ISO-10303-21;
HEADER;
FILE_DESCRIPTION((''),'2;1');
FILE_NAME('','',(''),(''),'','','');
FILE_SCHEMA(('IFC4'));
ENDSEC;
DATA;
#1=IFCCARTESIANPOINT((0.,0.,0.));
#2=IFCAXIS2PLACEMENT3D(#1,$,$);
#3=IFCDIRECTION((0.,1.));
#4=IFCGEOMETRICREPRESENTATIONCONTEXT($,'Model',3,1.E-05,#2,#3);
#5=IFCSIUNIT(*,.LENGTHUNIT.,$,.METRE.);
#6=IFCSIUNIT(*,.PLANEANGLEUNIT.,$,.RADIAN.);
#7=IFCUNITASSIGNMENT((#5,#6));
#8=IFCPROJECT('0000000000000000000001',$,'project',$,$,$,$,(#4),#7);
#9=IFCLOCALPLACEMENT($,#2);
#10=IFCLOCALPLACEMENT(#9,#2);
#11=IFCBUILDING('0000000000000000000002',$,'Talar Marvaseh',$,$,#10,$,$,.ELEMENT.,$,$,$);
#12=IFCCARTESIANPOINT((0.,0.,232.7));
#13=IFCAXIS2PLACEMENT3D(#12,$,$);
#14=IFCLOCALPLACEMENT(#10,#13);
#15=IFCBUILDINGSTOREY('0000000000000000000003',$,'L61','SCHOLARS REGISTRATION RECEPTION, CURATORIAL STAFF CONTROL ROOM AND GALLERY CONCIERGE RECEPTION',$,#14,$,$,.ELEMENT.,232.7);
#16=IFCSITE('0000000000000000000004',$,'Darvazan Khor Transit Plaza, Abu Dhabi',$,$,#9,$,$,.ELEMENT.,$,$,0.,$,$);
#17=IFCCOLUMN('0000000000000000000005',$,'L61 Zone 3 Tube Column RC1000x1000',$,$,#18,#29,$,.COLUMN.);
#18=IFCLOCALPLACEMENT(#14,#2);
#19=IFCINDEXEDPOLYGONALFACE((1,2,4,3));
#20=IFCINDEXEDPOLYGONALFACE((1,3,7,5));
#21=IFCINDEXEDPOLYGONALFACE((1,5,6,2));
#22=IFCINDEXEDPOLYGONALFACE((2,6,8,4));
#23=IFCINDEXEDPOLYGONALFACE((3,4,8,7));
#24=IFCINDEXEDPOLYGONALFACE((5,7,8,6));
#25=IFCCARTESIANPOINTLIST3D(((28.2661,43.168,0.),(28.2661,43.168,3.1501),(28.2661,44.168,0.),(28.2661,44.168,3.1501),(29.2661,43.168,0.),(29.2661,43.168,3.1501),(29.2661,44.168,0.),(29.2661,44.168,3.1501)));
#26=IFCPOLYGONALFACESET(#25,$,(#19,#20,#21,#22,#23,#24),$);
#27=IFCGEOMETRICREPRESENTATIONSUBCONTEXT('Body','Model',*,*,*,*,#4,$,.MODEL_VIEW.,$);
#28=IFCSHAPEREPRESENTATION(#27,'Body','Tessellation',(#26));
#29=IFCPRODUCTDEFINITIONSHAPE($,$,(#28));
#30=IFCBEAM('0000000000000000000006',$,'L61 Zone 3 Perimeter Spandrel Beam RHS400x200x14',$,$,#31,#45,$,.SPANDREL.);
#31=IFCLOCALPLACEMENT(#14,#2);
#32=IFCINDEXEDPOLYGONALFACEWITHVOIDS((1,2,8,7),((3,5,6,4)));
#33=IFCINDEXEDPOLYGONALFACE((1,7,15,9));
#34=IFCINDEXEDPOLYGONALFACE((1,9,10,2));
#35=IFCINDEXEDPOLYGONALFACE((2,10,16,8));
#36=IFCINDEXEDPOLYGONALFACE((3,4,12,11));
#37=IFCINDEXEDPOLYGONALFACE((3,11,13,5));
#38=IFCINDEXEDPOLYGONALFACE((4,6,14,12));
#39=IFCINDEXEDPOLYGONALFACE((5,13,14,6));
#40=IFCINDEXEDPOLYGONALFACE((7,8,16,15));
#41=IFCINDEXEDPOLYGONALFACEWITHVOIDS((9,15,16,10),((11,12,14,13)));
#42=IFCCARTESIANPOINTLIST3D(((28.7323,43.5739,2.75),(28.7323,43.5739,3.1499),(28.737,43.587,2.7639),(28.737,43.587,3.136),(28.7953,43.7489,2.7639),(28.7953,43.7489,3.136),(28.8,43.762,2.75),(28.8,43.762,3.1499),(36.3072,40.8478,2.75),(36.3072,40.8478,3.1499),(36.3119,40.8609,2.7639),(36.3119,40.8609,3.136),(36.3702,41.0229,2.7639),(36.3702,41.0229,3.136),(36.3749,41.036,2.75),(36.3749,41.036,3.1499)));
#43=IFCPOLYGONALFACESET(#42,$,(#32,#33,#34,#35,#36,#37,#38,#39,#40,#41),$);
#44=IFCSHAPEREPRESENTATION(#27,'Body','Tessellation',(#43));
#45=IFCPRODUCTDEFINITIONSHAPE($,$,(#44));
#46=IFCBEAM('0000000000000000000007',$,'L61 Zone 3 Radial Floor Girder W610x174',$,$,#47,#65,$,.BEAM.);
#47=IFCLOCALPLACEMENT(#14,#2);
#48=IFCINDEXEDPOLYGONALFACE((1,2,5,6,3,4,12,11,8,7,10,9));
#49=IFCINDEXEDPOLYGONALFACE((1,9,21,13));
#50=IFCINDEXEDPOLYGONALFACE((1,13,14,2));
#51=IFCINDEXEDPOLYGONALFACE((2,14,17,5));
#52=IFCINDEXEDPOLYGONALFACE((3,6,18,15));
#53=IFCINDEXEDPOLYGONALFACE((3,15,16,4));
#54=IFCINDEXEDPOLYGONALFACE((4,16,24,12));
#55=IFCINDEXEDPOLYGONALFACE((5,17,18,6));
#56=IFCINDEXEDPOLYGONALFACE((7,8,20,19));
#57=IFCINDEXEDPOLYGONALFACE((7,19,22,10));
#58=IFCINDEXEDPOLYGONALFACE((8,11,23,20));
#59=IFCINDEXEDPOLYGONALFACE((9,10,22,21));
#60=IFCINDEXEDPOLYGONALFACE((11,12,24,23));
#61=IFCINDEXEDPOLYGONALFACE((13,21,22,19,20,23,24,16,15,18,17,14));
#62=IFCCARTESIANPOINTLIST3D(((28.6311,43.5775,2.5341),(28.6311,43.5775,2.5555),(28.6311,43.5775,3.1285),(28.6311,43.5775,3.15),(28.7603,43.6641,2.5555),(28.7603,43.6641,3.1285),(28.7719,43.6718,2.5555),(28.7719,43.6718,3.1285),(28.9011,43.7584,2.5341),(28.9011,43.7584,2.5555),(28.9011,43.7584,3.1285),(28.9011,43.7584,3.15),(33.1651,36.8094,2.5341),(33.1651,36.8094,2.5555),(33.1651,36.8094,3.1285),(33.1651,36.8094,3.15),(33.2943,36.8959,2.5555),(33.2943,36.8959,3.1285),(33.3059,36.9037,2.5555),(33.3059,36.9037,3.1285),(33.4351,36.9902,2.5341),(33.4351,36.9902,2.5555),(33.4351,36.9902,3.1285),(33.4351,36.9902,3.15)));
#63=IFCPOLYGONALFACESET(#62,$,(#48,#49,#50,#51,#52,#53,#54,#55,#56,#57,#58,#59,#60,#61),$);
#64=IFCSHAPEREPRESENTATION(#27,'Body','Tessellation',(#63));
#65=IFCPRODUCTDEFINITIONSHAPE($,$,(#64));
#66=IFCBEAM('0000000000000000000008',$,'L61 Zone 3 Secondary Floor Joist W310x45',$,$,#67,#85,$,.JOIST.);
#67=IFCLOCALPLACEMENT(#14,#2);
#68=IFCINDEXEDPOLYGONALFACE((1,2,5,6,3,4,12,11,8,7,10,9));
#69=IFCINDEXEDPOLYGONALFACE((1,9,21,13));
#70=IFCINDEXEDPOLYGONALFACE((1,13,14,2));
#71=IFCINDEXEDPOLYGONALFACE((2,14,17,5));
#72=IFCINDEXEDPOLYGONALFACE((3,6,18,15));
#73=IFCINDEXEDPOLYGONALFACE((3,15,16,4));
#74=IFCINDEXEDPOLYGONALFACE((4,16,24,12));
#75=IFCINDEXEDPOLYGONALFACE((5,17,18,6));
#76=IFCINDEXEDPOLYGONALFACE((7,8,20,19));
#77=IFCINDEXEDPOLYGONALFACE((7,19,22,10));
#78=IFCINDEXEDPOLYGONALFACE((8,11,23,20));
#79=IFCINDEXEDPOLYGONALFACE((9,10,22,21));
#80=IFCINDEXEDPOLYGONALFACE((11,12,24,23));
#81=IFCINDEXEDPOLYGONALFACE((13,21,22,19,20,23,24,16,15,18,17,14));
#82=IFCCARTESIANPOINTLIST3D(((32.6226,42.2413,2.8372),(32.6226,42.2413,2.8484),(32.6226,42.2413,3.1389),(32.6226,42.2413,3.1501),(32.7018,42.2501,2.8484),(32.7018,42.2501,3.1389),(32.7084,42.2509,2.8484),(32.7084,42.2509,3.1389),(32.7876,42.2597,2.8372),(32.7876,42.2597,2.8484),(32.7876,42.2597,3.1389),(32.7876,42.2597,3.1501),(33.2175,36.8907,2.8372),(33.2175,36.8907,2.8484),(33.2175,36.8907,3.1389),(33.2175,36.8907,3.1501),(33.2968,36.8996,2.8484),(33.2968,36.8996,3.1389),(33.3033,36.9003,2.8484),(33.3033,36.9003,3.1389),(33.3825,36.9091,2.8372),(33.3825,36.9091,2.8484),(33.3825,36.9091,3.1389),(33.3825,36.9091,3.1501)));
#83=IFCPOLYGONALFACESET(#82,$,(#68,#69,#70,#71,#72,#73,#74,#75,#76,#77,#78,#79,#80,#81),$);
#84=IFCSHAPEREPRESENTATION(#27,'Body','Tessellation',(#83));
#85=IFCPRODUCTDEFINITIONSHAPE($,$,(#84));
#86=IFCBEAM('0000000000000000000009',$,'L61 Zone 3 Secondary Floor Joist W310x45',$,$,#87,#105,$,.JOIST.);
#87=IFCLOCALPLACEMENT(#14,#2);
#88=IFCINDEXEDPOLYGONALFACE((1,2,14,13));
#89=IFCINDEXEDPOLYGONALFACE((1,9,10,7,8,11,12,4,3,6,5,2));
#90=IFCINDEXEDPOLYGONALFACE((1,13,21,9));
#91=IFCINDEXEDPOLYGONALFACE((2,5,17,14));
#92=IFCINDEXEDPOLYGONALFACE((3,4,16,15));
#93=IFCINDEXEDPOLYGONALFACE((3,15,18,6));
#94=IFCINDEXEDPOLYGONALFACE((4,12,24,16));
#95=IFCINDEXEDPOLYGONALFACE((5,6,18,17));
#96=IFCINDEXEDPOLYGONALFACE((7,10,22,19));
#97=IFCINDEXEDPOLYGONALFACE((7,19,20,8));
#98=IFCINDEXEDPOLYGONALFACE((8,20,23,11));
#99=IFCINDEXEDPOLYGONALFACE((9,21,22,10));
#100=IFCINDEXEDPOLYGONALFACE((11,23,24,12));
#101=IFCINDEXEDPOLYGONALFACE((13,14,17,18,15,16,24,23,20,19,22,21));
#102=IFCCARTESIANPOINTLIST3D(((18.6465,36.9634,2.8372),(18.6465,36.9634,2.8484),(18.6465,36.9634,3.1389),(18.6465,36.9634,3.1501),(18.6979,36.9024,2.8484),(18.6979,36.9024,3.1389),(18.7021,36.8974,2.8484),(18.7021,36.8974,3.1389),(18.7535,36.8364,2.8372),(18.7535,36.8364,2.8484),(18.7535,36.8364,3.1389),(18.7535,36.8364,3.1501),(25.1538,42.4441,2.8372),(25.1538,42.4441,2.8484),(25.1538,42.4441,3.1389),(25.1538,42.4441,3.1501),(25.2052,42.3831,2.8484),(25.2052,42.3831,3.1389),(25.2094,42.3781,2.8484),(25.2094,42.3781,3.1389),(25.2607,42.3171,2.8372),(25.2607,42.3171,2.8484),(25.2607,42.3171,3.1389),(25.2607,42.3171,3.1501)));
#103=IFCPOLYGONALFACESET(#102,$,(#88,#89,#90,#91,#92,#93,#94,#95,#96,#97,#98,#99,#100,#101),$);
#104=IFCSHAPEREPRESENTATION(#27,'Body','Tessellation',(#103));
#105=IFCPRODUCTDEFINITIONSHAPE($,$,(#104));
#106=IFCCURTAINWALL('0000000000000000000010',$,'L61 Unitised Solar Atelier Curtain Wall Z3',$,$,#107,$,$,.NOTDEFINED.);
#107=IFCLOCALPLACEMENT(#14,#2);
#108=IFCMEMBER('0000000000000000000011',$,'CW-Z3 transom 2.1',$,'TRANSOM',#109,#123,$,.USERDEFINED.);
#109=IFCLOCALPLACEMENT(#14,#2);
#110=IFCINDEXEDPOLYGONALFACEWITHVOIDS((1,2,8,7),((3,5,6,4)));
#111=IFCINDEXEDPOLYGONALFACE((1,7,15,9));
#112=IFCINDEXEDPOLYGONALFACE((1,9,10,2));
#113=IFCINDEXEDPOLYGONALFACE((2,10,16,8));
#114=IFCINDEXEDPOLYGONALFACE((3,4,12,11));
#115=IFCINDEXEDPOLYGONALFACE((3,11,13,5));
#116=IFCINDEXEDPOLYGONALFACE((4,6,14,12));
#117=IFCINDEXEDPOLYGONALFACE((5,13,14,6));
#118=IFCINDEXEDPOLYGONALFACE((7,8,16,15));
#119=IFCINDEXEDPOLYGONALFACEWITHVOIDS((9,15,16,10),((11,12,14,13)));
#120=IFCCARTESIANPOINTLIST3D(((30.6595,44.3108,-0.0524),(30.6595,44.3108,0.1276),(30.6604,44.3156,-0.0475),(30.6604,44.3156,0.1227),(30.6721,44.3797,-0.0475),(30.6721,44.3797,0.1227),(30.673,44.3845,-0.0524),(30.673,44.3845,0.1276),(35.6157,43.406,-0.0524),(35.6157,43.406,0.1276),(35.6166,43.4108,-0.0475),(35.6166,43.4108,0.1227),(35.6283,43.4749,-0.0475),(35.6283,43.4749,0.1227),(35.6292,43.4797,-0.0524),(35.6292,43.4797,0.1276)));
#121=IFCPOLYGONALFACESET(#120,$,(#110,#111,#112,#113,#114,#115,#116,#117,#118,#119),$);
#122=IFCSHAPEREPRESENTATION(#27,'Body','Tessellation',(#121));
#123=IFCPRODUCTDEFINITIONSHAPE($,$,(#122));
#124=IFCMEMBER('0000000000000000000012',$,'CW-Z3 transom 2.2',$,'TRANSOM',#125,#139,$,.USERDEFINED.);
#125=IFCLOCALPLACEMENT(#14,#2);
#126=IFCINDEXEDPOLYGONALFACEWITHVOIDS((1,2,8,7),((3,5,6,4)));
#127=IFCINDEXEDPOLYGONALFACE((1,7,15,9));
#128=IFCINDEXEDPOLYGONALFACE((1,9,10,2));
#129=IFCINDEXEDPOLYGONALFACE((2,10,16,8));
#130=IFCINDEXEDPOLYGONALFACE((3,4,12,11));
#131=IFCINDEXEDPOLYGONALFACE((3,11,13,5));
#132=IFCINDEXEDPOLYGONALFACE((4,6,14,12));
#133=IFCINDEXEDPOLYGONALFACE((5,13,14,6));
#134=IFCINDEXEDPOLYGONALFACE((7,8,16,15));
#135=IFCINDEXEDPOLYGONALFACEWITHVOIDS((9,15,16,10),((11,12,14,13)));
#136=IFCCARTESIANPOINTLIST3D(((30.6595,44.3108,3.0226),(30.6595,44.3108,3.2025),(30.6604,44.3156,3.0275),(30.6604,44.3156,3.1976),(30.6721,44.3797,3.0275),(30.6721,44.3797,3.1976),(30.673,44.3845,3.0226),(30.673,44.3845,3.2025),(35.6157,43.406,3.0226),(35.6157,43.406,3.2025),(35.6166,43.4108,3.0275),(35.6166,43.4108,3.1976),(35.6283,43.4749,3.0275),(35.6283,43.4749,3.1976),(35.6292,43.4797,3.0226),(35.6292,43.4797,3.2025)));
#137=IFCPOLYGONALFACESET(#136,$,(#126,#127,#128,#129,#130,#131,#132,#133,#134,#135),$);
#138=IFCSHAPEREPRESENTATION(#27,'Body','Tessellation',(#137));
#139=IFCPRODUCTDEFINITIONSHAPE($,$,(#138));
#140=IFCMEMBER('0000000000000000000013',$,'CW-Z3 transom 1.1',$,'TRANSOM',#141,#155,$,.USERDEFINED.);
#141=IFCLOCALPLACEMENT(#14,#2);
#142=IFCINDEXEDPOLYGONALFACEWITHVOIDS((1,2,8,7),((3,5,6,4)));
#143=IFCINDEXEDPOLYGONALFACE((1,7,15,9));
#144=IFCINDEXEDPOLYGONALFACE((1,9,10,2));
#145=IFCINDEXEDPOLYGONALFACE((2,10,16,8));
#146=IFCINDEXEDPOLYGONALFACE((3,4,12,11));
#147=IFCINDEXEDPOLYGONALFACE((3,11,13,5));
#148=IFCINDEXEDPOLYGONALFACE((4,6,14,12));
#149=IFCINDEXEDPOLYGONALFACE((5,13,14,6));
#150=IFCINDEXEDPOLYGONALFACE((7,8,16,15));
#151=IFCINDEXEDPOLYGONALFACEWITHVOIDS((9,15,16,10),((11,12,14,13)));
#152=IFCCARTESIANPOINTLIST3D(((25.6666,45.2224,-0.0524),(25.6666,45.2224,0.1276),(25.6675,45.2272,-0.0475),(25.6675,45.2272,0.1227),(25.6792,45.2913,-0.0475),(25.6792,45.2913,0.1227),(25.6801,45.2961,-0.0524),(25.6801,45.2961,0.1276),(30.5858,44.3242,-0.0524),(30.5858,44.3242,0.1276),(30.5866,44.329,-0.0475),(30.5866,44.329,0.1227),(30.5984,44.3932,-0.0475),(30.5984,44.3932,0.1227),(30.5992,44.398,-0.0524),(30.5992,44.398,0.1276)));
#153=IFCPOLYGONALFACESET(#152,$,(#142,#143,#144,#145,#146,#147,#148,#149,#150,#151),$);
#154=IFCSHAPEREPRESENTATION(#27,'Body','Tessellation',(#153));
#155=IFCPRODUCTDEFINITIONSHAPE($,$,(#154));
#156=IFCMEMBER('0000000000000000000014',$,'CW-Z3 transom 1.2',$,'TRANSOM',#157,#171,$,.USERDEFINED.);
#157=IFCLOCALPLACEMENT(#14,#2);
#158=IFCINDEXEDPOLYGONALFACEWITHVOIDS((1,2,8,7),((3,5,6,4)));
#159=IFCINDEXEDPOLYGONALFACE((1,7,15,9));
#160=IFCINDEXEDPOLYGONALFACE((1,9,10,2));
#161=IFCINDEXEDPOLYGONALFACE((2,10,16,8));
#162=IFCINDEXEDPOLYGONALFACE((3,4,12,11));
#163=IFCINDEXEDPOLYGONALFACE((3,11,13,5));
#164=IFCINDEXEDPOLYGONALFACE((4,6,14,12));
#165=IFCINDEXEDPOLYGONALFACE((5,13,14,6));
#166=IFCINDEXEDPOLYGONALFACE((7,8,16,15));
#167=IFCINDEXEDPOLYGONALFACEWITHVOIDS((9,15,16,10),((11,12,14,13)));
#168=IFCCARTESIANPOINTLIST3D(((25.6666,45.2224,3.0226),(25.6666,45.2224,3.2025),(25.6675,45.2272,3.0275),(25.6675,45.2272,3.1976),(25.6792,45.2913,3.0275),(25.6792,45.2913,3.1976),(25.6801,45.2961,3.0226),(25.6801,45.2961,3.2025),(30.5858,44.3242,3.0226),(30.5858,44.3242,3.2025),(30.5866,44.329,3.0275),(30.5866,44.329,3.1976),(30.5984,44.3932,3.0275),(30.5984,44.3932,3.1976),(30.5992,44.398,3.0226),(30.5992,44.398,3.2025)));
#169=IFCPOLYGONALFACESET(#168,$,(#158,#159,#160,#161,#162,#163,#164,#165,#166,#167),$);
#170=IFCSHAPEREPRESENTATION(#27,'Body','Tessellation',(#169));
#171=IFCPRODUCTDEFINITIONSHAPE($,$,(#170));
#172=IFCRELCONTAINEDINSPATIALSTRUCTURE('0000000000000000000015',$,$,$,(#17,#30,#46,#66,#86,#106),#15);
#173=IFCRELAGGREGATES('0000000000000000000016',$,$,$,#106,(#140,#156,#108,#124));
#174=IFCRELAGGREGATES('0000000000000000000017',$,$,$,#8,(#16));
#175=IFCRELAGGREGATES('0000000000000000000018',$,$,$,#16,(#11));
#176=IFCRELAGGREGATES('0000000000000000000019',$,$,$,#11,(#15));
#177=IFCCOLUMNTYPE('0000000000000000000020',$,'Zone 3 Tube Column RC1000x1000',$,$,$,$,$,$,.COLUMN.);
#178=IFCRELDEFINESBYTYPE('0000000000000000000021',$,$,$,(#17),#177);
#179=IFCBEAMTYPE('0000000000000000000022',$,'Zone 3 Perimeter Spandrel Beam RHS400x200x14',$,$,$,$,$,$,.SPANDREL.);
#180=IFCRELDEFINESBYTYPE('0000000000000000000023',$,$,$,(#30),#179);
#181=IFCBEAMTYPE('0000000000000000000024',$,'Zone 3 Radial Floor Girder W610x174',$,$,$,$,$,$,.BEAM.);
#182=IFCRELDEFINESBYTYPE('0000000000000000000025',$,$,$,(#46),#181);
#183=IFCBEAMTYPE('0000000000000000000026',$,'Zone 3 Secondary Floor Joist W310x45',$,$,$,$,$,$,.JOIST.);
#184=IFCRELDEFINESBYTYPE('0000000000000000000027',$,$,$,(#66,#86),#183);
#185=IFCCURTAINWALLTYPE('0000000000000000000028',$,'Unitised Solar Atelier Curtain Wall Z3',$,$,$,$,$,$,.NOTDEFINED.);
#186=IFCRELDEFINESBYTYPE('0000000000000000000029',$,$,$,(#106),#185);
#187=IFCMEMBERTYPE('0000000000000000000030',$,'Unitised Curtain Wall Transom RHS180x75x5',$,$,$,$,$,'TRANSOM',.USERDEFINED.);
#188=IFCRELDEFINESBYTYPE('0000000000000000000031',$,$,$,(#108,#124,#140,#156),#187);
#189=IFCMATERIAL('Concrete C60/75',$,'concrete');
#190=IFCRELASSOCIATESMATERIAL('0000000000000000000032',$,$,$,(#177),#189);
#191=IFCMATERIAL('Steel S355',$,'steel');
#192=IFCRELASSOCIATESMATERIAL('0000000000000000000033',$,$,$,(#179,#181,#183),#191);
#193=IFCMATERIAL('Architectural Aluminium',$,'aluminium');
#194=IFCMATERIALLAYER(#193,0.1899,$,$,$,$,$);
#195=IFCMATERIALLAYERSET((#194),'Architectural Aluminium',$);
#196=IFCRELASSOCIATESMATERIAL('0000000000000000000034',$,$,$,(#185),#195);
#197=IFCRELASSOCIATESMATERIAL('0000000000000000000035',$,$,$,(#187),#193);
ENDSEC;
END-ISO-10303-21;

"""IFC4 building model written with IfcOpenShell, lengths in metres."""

from ifc_helpers import new_model, si_unit, direction, frame, origin, origin_2d, place, context, subcontext, project, spatial, rectangle, hollow_rectangle, i_section, extrude, source, transform, mapped, material, layer, layer_set, material_profile, profile_set, type_object, type_shapes, element, aggregate, save


model = new_model("IFC4")

# Units and contexts
model_context = context("Model", 3, precision=1e-05, world=origin(), true_north=direction((0.0, 1.0)))
body_context = subcontext(model_context, "Body", "Model", "MODEL_VIEW")
ifc_project = project(units=[si_unit("LENGTHUNIT", "METRE"), si_unit("PLANEANGLEUNIT", "RADIAN")], contexts=[model_context])

# Site, building, storey
site_placement = place(None, origin())
site = spatial("IfcSite", under=ifc_project, at=site_placement, Name="Darvazan Khor Transit Plaza, Abu Dhabi", CompositionType="ELEMENT", RefElevation=0.0)
building_placement = place(site_placement, origin())
building = spatial("IfcBuilding", under=site, at=building_placement, Name="Talar Marvaseh", CompositionType="ELEMENT")
storey_placement = place(building_placement, frame((0.0, 0.0, 232.7)))
storey = spatial("IfcBuildingStorey", under=building, at=storey_placement, Name="L61", Description="SCHOLARS REGISTRATION RECEPTION, CURATORIAL STAFF CONTROL ROOM AND GALLERY CONCIERGE RECEPTION", CompositionType="ELEMENT", Elevation=232.7)

# Column
ifc_material_1 = material(Name="Concrete C60/75", Category="concrete")
ifc_material_profile_1 = material_profile(ifc_material_1, rectangle(XDim=1.0, YDim=1.0, at=origin_2d()), Name="RC1000x1000")
ifc_profile_set_1 = profile_set([ifc_material_profile_1], Name="Concrete C60/75")
column_type = type_object("IfcColumnType", Name="Zone 3 Tube Column RC1000x1000", PredefinedType="COLUMN", material=ifc_profile_set_1)
column_placement = place(storey_placement, frame((28.7661, 43.668, 0.0), z_axis=(0.0, 0.0, 1.0), x_axis=(1.0, 0.0, 0.0)))
element("IfcColumn", 1, at=column_placement, inside=storey, type_object=column_type, Name="L61 Zone 3 Tube Column RC1000x1000", PredefinedType="COLUMN", context=body_context, shape_type="SweptSolid", body=[
    extrude(rectangle(XDim=1.0, YDim=1.0, at=origin_2d()), origin(), (0.0, 0.0, 1.0), 3.1501),
])

# Beams
ifc_material_2 = material(Name="Steel S355", Category="steel")
ifc_material_profile_2 = material_profile(ifc_material_2, hollow_rectangle(XDim=0.2, YDim=0.3999, WallThickness=0.0139, at=origin_2d()), Name="RHS400x200x14")
ifc_profile_set_2 = profile_set([ifc_material_profile_2], Name="Steel S355")
beam_type_1 = type_object("IfcBeamType", Name="Zone 3 Perimeter Spandrel Beam RHS400x200x14", PredefinedType="SPANDREL", material=ifc_profile_set_2)
beam_1_placement = place(storey_placement, frame((28.7661, 43.668, 2.95), z_axis=(0.940923, -0.33862, 0.0), x_axis=(0.33862, 0.940923, 0.0)))
element("IfcBeam", 2, at=beam_1_placement, inside=storey, type_object=beam_type_1, Name="L61 Zone 3 Perimeter Spandrel Beam RHS400x200x14", PredefinedType="SPANDREL", context=body_context, shape_type="SweptSolid", body=[
    extrude(hollow_rectangle(XDim=0.2, YDim=0.3999, WallThickness=0.0139, at=origin_2d()), origin(), (0.0, 0.0, 1.0), 8.0505),
])
ifc_material_profile_3 = material_profile(ifc_material_2, i_section(OverallWidth=0.325, OverallDepth=0.616, WebThickness=0.0139, FlangeThickness=0.0215, at=origin_2d()), Name="W610x174")
ifc_profile_set_3 = profile_set([ifc_material_profile_3], Name="Steel S355")
beam_type_2 = type_object("IfcBeamType", Name="Zone 3 Radial Floor Girder W610x174", PredefinedType="BEAM", material=ifc_profile_set_3)
beam_2_placement = place(storey_placement, frame((28.7661, 43.668, 2.842), z_axis=(0.556559, -0.830808, 0.0), x_axis=(0.830808, 0.556559, 0.0)))
element("IfcBeam", 3, at=beam_2_placement, inside=storey, type_object=beam_type_2, Name="L61 Zone 3 Radial Floor Girder W610x174", PredefinedType="BEAM", context=body_context, shape_type="SweptSolid", body=[
    extrude(i_section(OverallWidth=0.325, OverallDepth=0.616, WebThickness=0.0139, FlangeThickness=0.0215, at=origin_2d()), origin(), (0.0, 0.0, 1.0), 8.1465),
])
ifc_material_profile_4 = material_profile(ifc_material_2, i_section(OverallWidth=0.166, OverallDepth=0.313, WebThickness=0.0066, FlangeThickness=0.0112, at=origin_2d()), Name="W310x45")
ifc_profile_set_4 = profile_set([ifc_material_profile_4], Name="Steel S355")
beam_type_3 = type_object("IfcBeamType", Name="Zone 3 Secondary Floor Joist W310x45", PredefinedType="JOIST", material=ifc_profile_set_4)
beam_3_placement = place(storey_placement, frame((32.7051, 42.2505, 2.9937), z_axis=(0.110516, -0.993874, 0.0), x_axis=(0.993874, 0.110516, 0.0)))
element("IfcBeam", 4, at=beam_3_placement, inside=storey, type_object=beam_type_3, Name="L61 Zone 3 Secondary Floor Joist W310x45", PredefinedType="JOIST", context=body_context, shape_type="SweptSolid", body=[
    extrude(i_section(OverallWidth=0.166, OverallDepth=0.313, WebThickness=0.0066, FlangeThickness=0.0112, at=origin_2d()), origin(), (0.0, 0.0, 1.0), 5.3835),
])
beam_4_placement = place(storey_placement, frame((25.2073, 42.3806, 2.9937), z_axis=(-0.764861, -0.644195, 0.0), x_axis=(0.644195, -0.764861, 0.0)))
element("IfcBeam", 5, at=beam_4_placement, inside=storey, type_object=beam_type_3, Name="L61 Zone 3 Secondary Floor Joist W310x45", PredefinedType="JOIST", context=body_context, shape_type="SweptSolid", body=[
    extrude(i_section(OverallWidth=0.166, OverallDepth=0.313, WebThickness=0.0066, FlangeThickness=0.0112, at=origin_2d()), origin(), (0.0, 0.0, 1.0), 8.5078),
])

# Curtain wall, members
ifc_material_3 = material(Name="Architectural Aluminium", Category="aluminium")
ifc_layer_1 = layer(ifc_material_3, 0.1899)
ifc_layer_set_1 = layer_set([ifc_layer_1], Name="Architectural Aluminium")
curtain_wall_type = type_object("IfcCurtainWallType", Name="Unitised Solar Atelier Curtain Wall Z3", PredefinedType="NOTDEFINED", material=ifc_layer_set_1)
curtain_wall_1_placement = place(storey_placement, origin())
curtain_wall_1 = element("IfcCurtainWall", 6, at=curtain_wall_1_placement, inside=storey, type_object=curtain_wall_type, Name="L61 Unitised Solar Atelier Curtain Wall Z3", PredefinedType="NOTDEFINED")
ifc_material_profile_5 = material_profile(ifc_material_3, hollow_rectangle(XDim=0.075, YDim=0.1799, WallThickness=0.0049, at=origin_2d()), Name="RHS180x75x5")
ifc_profile_set_5 = profile_set([ifc_material_profile_5], Name="Architectural Aluminium")
member_type_1 = type_object("IfcMemberType", Name="Unitised Curtain Wall Transom RHS180x75x5", ElementType="TRANSOM", PredefinedType="USERDEFINED", material=ifc_profile_set_5)
shared_shape_1 = source(origin(), body_context, "Body", "SweptSolid", [
    extrude(hollow_rectangle(XDim=0.075, YDim=0.1799, WallThickness=0.0049, at=origin_2d()), origin(), (0.0, 0.0, 1.0), 5.0381),
])
member_1_placement = place(storey_placement, frame((30.6663, 44.3477, 0.0376), z_axis=(0.983741, -0.179593, 0.0), x_axis=(0.179593, 0.983741, 0.0)))
member_1 = element("IfcMember", 7, at=member_1_placement, type_object=member_type_1, Name="CW-Z3 transom 2.1", ObjectType="TRANSOM", PredefinedType="USERDEFINED", context=body_context, shape_type="MappedRepresentation", body=[
    mapped(shared_shape_1, transform((0.0, 0.0, 0.0), x_axis=(1.0, 0.0, 0.0), y_axis=(0.0, 1.0, 0.0), z_axis=(0.0, 0.0, 1.0), scale=1.0)),
])
member_2_placement = place(storey_placement, frame((30.6663, 44.3477, 3.1125), z_axis=(0.983741, -0.179593, 0.0), x_axis=(0.179593, 0.983741, 0.0)))
member_2 = element("IfcMember", 8, at=member_2_placement, type_object=member_type_1, Name="CW-Z3 transom 2.2", ObjectType="TRANSOM", PredefinedType="USERDEFINED", context=body_context, shape_type="MappedRepresentation", body=[
    mapped(shared_shape_1, transform((0.0, 0.0, 0.0), x_axis=(1.0, 0.0, 0.0), y_axis=(0.0, 1.0, 0.0), z_axis=(0.0, 0.0, 1.0), scale=1.0)),
])
shared_shape_2 = source(origin(), body_context, "Body", "SweptSolid", [
    extrude(hollow_rectangle(XDim=0.075, YDim=0.1799, WallThickness=0.0049, at=origin_2d()), origin(), (0.0, 0.0, 1.0), 5.0005),
])
type_shapes(member_type_1, [shared_shape_1, shared_shape_2])
member_3_placement = place(storey_placement, frame((25.6733, 45.2593, 0.0376), z_axis=(0.983736, -0.17962, 0.0), x_axis=(0.17962, 0.983736, 0.0)))
member_3 = element("IfcMember", 9, at=member_3_placement, type_object=member_type_1, Name="CW-Z3 transom 1.1", ObjectType="TRANSOM", PredefinedType="USERDEFINED", context=body_context, shape_type="MappedRepresentation", body=[
    mapped(shared_shape_2, transform((0.0, 0.0, 0.0), x_axis=(1.0, 0.0, 0.0), y_axis=(0.0, 1.0, 0.0), z_axis=(0.0, 0.0, 1.0), scale=1.0)),
])
member_4_placement = place(storey_placement, frame((25.6733, 45.2593, 3.1125), z_axis=(0.983736, -0.17962, 0.0), x_axis=(0.17962, 0.983736, 0.0)))
member_4 = element("IfcMember", 10, at=member_4_placement, type_object=member_type_1, Name="CW-Z3 transom 1.2", ObjectType="TRANSOM", PredefinedType="USERDEFINED", context=body_context, shape_type="MappedRepresentation", body=[
    mapped(shared_shape_2, transform((0.0, 0.0, 0.0), x_axis=(1.0, 0.0, 0.0), y_axis=(0.0, 1.0, 0.0), z_axis=(0.0, 0.0, 1.0), scale=1.0)),
])

aggregate(curtain_wall_1, [member_3, member_4, member_1, member_2])

save(model, "model.ifc")
